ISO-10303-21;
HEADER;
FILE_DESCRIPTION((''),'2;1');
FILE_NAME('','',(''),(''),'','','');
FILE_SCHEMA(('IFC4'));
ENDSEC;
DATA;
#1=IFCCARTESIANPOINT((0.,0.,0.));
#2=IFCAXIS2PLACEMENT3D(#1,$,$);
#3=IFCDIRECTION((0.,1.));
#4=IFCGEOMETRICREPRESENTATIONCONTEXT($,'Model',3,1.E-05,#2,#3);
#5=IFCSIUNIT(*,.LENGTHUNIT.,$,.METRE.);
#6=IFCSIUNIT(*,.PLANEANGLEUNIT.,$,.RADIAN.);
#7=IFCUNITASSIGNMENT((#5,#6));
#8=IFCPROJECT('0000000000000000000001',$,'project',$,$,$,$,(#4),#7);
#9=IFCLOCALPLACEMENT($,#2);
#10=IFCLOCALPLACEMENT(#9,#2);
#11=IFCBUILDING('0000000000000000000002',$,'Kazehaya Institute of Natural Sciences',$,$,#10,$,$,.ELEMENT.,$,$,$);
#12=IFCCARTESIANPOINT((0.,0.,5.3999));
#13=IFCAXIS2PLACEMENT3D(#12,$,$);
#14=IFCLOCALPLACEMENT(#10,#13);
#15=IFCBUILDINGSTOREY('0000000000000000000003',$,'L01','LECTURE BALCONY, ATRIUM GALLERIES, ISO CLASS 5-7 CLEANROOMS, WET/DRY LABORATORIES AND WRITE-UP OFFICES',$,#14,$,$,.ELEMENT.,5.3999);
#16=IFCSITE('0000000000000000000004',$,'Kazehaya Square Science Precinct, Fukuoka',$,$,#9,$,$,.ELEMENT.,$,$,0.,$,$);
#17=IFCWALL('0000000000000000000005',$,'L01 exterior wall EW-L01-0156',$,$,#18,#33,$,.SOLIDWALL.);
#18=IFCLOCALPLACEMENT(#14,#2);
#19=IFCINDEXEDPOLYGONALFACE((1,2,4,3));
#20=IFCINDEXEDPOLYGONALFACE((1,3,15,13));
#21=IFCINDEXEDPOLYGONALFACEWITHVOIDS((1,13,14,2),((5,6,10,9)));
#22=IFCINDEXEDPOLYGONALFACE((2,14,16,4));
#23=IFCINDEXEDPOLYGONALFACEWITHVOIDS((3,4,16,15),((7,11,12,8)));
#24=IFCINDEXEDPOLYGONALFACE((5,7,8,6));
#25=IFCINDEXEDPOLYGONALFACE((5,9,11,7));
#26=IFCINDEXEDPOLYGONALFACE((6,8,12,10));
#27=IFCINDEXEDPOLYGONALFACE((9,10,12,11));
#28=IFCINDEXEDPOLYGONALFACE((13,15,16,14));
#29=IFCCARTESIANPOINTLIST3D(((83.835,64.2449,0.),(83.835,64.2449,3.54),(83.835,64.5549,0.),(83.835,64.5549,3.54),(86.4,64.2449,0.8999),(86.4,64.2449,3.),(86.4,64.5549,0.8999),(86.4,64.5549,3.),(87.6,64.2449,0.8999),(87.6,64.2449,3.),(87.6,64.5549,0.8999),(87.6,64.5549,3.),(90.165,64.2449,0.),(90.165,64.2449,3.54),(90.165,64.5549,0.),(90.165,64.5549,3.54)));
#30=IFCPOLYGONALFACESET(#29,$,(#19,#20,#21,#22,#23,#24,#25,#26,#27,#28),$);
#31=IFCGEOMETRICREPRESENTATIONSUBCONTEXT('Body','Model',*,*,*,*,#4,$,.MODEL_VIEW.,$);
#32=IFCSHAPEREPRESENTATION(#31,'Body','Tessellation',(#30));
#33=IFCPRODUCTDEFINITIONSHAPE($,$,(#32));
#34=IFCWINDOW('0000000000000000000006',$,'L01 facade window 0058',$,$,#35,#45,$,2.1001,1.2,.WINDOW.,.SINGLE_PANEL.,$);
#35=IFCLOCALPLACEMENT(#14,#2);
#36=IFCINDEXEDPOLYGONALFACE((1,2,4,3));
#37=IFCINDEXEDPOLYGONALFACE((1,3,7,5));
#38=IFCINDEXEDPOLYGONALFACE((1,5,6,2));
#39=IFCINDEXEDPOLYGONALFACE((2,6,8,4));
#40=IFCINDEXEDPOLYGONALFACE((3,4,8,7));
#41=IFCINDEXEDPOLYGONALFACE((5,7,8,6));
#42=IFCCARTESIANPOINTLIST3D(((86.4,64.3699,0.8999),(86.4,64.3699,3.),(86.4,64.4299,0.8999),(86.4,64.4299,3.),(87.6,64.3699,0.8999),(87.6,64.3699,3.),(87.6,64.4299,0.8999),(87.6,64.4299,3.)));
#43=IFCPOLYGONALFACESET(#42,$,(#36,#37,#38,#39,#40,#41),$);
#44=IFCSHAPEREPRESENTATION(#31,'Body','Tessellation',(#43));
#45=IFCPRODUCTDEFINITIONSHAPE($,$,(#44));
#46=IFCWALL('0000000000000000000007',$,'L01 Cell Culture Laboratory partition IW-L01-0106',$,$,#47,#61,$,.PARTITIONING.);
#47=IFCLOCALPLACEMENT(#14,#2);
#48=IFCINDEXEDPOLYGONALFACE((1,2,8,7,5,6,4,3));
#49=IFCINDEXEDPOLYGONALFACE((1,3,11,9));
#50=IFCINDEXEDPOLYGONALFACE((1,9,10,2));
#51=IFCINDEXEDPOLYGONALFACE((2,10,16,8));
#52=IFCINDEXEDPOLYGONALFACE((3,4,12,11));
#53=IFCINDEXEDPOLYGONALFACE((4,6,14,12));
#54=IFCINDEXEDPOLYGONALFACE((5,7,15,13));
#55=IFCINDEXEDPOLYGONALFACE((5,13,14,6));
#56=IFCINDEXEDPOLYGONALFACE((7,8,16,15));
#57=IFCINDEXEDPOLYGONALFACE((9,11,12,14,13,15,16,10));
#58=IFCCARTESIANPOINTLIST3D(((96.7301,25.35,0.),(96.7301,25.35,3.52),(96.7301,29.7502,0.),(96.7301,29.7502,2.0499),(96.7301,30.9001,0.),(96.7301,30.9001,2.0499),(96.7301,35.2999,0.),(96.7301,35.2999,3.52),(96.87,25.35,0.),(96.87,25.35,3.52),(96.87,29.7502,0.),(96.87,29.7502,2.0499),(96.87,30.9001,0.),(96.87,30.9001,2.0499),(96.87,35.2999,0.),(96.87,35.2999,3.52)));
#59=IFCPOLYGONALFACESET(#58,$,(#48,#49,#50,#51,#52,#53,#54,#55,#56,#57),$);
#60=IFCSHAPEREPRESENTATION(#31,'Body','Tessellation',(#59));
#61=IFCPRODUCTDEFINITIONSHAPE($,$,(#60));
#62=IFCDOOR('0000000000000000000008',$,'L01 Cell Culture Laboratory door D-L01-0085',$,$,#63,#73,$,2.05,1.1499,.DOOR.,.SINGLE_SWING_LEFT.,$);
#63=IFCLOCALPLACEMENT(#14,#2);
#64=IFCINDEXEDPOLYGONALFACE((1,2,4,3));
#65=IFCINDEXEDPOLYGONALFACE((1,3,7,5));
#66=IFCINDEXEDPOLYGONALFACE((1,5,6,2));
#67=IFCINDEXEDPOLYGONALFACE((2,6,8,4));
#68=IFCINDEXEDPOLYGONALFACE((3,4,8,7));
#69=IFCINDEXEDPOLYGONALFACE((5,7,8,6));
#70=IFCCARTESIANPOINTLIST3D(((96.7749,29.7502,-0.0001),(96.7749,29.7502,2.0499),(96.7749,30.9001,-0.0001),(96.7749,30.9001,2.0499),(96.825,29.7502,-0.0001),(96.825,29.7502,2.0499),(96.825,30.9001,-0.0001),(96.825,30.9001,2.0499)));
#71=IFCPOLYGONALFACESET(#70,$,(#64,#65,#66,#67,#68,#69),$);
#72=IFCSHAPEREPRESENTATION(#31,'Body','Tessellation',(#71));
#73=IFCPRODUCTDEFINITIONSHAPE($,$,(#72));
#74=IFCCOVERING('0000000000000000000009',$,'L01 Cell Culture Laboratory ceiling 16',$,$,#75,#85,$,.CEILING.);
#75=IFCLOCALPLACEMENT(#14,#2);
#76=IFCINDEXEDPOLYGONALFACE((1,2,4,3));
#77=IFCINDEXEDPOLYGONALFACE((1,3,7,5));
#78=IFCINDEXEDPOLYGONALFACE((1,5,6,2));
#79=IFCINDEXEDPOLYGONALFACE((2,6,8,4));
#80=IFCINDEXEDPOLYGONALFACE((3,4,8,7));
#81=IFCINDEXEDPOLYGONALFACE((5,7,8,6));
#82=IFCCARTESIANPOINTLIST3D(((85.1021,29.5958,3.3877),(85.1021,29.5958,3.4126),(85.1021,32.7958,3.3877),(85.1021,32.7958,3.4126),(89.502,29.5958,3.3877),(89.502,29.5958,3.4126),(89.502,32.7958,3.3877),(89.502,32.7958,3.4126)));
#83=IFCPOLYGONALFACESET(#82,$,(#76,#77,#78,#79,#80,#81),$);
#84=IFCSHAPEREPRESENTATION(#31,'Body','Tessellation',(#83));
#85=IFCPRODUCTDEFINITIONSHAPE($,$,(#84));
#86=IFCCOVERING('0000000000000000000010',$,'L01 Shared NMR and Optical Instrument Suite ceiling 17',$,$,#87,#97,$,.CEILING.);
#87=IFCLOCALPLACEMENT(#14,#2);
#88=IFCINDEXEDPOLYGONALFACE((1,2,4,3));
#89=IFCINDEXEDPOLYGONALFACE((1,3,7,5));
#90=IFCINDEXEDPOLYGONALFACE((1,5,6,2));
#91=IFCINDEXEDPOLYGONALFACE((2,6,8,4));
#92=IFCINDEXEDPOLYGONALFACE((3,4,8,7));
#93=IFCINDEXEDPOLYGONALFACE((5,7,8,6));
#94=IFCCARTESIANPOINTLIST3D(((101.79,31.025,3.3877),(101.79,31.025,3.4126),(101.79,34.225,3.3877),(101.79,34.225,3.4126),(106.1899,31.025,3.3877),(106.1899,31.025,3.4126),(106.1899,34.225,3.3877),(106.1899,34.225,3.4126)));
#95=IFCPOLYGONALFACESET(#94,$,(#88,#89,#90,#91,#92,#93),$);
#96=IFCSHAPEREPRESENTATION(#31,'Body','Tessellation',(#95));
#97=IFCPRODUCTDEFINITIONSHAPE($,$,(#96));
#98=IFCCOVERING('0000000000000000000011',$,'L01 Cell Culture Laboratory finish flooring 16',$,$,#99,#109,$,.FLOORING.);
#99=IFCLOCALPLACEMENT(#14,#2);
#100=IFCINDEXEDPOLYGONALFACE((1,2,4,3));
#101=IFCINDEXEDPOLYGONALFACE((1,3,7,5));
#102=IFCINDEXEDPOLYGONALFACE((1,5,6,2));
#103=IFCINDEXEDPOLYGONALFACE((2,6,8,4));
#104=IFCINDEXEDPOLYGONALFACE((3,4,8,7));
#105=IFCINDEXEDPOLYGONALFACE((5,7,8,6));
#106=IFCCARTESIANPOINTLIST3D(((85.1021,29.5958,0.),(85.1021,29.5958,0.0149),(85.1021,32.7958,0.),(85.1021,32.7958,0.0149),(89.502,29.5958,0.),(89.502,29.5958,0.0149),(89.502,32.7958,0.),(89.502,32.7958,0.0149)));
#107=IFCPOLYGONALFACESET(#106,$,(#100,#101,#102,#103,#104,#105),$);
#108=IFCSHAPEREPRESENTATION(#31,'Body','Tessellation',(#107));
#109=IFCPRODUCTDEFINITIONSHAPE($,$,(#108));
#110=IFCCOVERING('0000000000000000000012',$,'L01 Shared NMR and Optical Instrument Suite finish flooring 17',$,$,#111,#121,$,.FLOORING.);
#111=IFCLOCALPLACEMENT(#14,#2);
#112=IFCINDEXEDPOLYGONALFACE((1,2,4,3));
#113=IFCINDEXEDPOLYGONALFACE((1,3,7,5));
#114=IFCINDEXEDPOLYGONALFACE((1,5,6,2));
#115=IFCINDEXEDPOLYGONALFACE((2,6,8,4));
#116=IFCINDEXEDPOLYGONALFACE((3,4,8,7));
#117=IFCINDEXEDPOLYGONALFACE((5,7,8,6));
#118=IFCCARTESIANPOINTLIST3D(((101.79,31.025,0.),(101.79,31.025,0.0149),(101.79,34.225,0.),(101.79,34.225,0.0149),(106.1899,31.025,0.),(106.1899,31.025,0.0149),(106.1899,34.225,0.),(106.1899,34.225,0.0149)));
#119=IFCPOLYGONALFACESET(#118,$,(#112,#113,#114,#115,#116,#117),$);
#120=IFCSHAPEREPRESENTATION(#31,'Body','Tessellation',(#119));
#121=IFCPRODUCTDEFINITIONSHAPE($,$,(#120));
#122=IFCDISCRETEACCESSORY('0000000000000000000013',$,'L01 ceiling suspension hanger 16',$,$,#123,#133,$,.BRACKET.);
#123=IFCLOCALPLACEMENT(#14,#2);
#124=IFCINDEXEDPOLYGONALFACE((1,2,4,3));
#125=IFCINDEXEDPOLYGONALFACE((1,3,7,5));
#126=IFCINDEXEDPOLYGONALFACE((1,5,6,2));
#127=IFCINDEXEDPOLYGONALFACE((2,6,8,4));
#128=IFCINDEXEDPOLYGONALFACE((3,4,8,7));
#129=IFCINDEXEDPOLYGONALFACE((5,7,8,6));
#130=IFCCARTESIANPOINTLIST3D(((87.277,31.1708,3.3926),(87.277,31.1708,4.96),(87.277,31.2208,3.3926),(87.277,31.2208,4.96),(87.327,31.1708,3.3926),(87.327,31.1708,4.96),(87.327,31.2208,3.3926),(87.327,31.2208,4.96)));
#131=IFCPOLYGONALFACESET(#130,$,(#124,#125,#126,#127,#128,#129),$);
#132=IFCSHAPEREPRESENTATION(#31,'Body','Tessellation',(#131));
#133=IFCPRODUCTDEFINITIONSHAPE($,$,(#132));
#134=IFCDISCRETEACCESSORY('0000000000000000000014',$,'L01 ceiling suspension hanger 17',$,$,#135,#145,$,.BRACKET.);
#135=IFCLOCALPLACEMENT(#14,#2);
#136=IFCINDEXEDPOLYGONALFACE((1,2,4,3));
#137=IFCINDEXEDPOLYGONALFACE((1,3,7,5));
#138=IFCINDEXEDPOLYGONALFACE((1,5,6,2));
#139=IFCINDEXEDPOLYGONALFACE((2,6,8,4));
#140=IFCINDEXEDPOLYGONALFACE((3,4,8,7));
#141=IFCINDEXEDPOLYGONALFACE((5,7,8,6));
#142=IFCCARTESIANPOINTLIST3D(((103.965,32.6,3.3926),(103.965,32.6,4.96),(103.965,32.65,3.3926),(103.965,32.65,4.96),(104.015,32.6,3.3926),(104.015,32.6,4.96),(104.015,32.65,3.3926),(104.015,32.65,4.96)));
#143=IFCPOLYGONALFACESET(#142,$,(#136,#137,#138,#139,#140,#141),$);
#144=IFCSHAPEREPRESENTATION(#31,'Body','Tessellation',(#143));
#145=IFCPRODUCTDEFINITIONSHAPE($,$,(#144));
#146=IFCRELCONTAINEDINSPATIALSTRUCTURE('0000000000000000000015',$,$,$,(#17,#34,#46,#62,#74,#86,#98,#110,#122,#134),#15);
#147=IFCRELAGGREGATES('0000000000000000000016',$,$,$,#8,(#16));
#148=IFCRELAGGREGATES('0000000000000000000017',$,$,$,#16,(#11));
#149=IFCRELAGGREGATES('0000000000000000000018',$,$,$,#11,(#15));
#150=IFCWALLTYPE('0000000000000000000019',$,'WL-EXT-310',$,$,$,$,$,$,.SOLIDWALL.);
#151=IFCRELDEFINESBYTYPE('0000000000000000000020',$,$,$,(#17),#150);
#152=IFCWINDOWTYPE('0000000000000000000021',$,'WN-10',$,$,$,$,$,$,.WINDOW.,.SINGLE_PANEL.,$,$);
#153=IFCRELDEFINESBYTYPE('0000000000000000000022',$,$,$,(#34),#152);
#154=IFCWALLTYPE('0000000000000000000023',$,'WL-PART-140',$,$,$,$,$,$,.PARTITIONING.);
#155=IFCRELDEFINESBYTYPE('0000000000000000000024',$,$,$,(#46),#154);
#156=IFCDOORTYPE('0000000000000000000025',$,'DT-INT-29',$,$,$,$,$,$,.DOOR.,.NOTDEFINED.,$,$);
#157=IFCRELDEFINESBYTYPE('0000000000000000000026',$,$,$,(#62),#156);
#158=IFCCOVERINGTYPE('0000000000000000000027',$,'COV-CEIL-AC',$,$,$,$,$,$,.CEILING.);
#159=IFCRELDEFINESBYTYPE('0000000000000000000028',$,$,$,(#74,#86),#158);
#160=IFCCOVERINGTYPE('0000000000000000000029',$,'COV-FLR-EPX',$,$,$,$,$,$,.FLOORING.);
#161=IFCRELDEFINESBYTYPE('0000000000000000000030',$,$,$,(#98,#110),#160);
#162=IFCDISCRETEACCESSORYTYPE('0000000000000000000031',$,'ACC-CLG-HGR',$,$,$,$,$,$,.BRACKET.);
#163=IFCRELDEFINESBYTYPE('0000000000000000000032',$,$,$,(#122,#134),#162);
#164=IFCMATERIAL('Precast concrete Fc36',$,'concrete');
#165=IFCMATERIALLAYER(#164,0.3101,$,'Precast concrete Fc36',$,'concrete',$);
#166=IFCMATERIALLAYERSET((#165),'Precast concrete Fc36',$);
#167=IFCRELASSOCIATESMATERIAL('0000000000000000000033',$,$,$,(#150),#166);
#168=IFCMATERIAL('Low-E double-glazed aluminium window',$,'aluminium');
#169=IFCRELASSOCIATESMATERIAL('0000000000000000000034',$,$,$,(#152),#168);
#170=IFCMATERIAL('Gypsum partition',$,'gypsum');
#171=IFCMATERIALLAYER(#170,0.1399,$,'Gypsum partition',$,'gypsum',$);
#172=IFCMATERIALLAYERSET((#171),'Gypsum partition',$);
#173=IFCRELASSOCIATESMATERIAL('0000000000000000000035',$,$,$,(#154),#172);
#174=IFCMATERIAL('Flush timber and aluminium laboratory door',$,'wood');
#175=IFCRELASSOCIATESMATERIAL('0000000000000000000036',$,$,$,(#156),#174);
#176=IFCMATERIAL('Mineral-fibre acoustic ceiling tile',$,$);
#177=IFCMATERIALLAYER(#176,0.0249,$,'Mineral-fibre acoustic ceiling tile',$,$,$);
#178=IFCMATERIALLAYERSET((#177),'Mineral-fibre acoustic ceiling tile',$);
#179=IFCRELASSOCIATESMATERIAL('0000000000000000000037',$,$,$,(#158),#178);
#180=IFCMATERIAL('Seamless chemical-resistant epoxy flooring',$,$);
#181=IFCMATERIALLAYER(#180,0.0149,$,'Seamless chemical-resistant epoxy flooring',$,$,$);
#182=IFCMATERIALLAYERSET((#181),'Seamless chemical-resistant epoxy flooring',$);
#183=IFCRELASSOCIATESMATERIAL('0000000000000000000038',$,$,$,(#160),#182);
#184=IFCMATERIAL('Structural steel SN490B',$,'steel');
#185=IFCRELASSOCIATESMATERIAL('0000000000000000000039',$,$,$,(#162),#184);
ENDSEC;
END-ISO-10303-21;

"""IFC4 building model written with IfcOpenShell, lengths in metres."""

from ifc_helpers import new_model, si_unit, direction, frame, frame_2d, origin, origin_2d, place, context, subcontext, project, spatial, rectangle, extrude, material, layer, layer_set, type_object, element, fill, save


model = new_model("IFC4")

# Units and contexts
model_context = context("Model", 3, precision=1e-05, world=origin(), true_north=direction((0.0, 1.0)))
body_context = subcontext(model_context, "Body", "Model", "MODEL_VIEW")
ifc_project = project(units=[si_unit("LENGTHUNIT", "METRE"), si_unit("PLANEANGLEUNIT", "RADIAN")], contexts=[model_context])

# Site, building, storey
site_placement = place(None, origin())
site = spatial("IfcSite", under=ifc_project, at=site_placement, Name="Kazehaya Square Science Precinct, Fukuoka", CompositionType="ELEMENT", RefElevation=0.0)
building_placement = place(site_placement, origin())
building = spatial("IfcBuilding", under=site, at=building_placement, Name="Kazehaya Institute of Natural Sciences", CompositionType="ELEMENT")
storey_placement = place(building_placement, frame((0.0, 0.0, 5.3999)))
storey = spatial("IfcBuildingStorey", under=building, at=storey_placement, Name="L01", Description="LECTURE BALCONY, ATRIUM GALLERIES, ISO CLASS 5-7 CLEANROOMS, WET/DRY LABORATORIES AND WRITE-UP OFFICES", CompositionType="ELEMENT", Elevation=5.3999)

# Shared definitions
ifc_material_1 = material(Name="Structural steel SN490B", Category="steel")

# Wall, opening, window
ifc_material_2 = material(Name="Precast concrete Fc36", Category="concrete")
ifc_layer_1 = layer(ifc_material_2, 0.3101, Name="Precast concrete Fc36", Category="concrete")
ifc_layer_set_1 = layer_set([ifc_layer_1], Name="Precast concrete Fc36")
wall_type_1 = type_object("IfcWallType", Name="WL-EXT-310", PredefinedType="SOLIDWALL", material=ifc_layer_set_1)
wall_1_placement = place(storey_placement, frame((83.835, 64.3999, 0.0), z_axis=(0.0, 0.0, 1.0), x_axis=(1.0, 0.0, 0.0)))
wall_1 = element("IfcWall", 1, at=wall_1_placement, inside=storey, type_object=wall_type_1, Name="L01 exterior wall EW-L01-0156", PredefinedType="SOLIDWALL", context=body_context, shape_type="SweptSolid", body=[
    extrude(rectangle(XDim=6.3301, YDim=0.3101, at=frame_2d((3.165, 0.0))), origin(), (0.0, 0.0, 1.0), 3.54),
])
opening_1_placement = place(wall_1_placement, frame((2.5649, 0.0, 0.8999)))
opening_1 = element("IfcOpeningElement", 2, at=opening_1_placement, cuts=wall_1, PredefinedType="OPENING", context=body_context, shape_type="SweptSolid", body=[
    extrude(rectangle(XDim=1.2, YDim=2.1001, at=frame_2d((0.6001, 1.05))), frame((0.0, 0.165, 0.0), z_axis=(0.0, -1.0, 0.0), x_axis=(1.0, 0.0, 0.0)), (0.0, 0.0, 1.0), 0.3301),
])
ifc_material_3 = material(Name="Low-E double-glazed aluminium window", Category="aluminium")
window_type = type_object("IfcWindowType", Name="WN-10", PartitioningType="SINGLE_PANEL", PredefinedType="WINDOW", material=ifc_material_3)
window_placement = place(opening_1_placement, origin())
window = element("IfcWindow", 3, at=window_placement, inside=storey, type_object=window_type, Name="L01 facade window 0058", OverallHeight=2.1001, OverallWidth=1.2, PartitioningType="SINGLE_PANEL", PredefinedType="WINDOW", context=body_context, shape_type="SweptSolid", body=[
    extrude(rectangle(XDim=1.2, YDim=2.1001, at=frame_2d((0.6001, 1.05))), frame((0.0, 0.03, 0.0), z_axis=(0.0, -1.0, 0.0), x_axis=(1.0, 0.0, 0.0)), (0.0, 0.0, 1.0), 0.0601),
])
fill(opening_1, window)

# Wall, opening, door
ifc_material_4 = material(Name="Gypsum partition", Category="gypsum")
ifc_layer_2 = layer(ifc_material_4, 0.1399, Name="Gypsum partition", Category="gypsum")
ifc_layer_set_2 = layer_set([ifc_layer_2], Name="Gypsum partition")
wall_type_2 = type_object("IfcWallType", Name="WL-PART-140", PredefinedType="PARTITIONING", material=ifc_layer_set_2)
wall_2_placement = place(storey_placement, frame((96.8, 35.3, 0.0), z_axis=(0.0, 0.0, 1.0), x_axis=(0.0, -1.0, 0.0)))
wall_2 = element("IfcWall", 4, at=wall_2_placement, inside=storey, type_object=wall_type_2, Name="L01 Cell Culture Laboratory partition IW-L01-0106", PredefinedType="PARTITIONING", context=body_context, shape_type="SweptSolid", body=[
    extrude(rectangle(XDim=9.95, YDim=0.1399, at=frame_2d((4.9751, 0.0))), origin(), (0.0, 0.0, 1.0), 3.52),
])
opening_2_placement = place(wall_2_placement, frame((4.3999, 0.0, 0.0)))
opening_2 = element("IfcOpeningElement", 5, at=opening_2_placement, cuts=wall_2, PredefinedType="OPENING", context=body_context, shape_type="SweptSolid", body=[
    extrude(rectangle(XDim=1.1499, YDim=2.05, at=frame_2d((0.575, 1.0249))), frame((0.0, 0.0798, 0.0), z_axis=(0.0, -1.0, 0.0), x_axis=(1.0, 0.0, 0.0)), (0.0, 0.0, 1.0), 0.1599),
])
ifc_material_5 = material(Name="Flush timber and aluminium laboratory door", Category="wood")
door_type = type_object("IfcDoorType", Name="DT-INT-29", OperationType="NOTDEFINED", PredefinedType="DOOR", material=ifc_material_5)
door_placement = place(opening_2_placement, origin())
door = element("IfcDoor", 6, at=door_placement, inside=storey, type_object=door_type, Name="L01 Cell Culture Laboratory door D-L01-0085", OperationType="SINGLE_SWING_LEFT", OverallHeight=2.05, OverallWidth=1.1499, PredefinedType="DOOR", context=body_context, shape_type="SweptSolid", body=[
    extrude(rectangle(XDim=1.1499, YDim=2.05, at=frame_2d((0.575, 1.0249))), frame((0.0, 0.0249, 0.0), z_axis=(0.0, -1.0, 0.0), x_axis=(1.0, 0.0, 0.0)), (0.0, 0.0, 1.0), 0.05),
])
fill(opening_2, door)

# Coverings
ifc_material_6 = material(Name="Mineral-fibre acoustic ceiling tile")
ifc_layer_3 = layer(ifc_material_6, 0.0249, Name="Mineral-fibre acoustic ceiling tile")
ifc_layer_set_3 = layer_set([ifc_layer_3], Name="Mineral-fibre acoustic ceiling tile")
covering_type_1 = type_object("IfcCoveringType", Name="COV-CEIL-AC", PredefinedType="CEILING", material=ifc_layer_set_3)
for number, where, z_axis, x_axis, name in (
    (7, (87.302, 31.1958, 3.3877), (0.0, 0.0, 1.0), (1.0, 0.0, 0.0), "L01 Cell Culture Laboratory ceiling 16"),
    (8, (103.99, 32.625, 3.3877), (0.0, 0.0, 1.0), (1.0, 0.0, 0.0), "L01 Shared NMR and Optical Instrument Suite ceiling 17"),
):
    element("IfcCovering", number, at=place(storey_placement, frame(where, z_axis=z_axis, x_axis=x_axis)), inside=storey, type_object=covering_type_1, Name=name, PredefinedType="CEILING", context=body_context, shape_type="SweptSolid", body=[
        extrude(rectangle(XDim=4.3999, YDim=3.2, at=origin_2d()), origin(), (0.0, 0.0, 1.0), 0.0249),
    ])
ifc_material_7 = material(Name="Seamless chemical-resistant epoxy flooring")
ifc_layer_4 = layer(ifc_material_7, 0.0149, Name="Seamless chemical-resistant epoxy flooring")
ifc_layer_set_4 = layer_set([ifc_layer_4], Name="Seamless chemical-resistant epoxy flooring")
covering_type_2 = type_object("IfcCoveringType", Name="COV-FLR-EPX", PredefinedType="FLOORING", material=ifc_layer_set_4)
for number, where, z_axis, x_axis, name in (
    (9, (87.302, 31.1958, 0.0), (0.0, 0.0, 1.0), (1.0, 0.0, 0.0), "L01 Cell Culture Laboratory finish flooring 16"),
    (10, (103.99, 32.625, 0.0), (0.0, 0.0, 1.0), (1.0, 0.0, 0.0), "L01 Shared NMR and Optical Instrument Suite finish flooring 17"),
):
    element("IfcCovering", number, at=place(storey_placement, frame(where, z_axis=z_axis, x_axis=x_axis)), inside=storey, type_object=covering_type_2, Name=name, PredefinedType="FLOORING", context=body_context, shape_type="SweptSolid", body=[
        extrude(rectangle(XDim=4.3999, YDim=3.2, at=origin_2d()), origin(), (0.0, 0.0, 1.0), 0.0149),
    ])

# Discrete accessories
discrete_accessory_type = type_object("IfcDiscreteAccessoryType", Name="ACC-CLG-HGR", PredefinedType="BRACKET", material=ifc_material_1)
for number, where, z_axis, x_axis, name in (
    (11, (87.302, 31.1958, 3.3926), (0.0, 0.0, 1.0), (1.0, 0.0, 0.0), "L01 ceiling suspension hanger 16"),
    (12, (103.99, 32.625, 3.3926), (0.0, 0.0, 1.0), (1.0, 0.0, 0.0), "L01 ceiling suspension hanger 17"),
):
    element("IfcDiscreteAccessory", number, at=place(storey_placement, frame(where, z_axis=z_axis, x_axis=x_axis)), inside=storey, type_object=discrete_accessory_type, Name=name, PredefinedType="BRACKET", context=body_context, shape_type="SweptSolid", body=[
        extrude(rectangle(XDim=0.05, YDim=0.05, at=origin_2d()), origin(), (0.0, 0.0, 1.0), 1.5674),
    ])

save(model, "model.ifc")
